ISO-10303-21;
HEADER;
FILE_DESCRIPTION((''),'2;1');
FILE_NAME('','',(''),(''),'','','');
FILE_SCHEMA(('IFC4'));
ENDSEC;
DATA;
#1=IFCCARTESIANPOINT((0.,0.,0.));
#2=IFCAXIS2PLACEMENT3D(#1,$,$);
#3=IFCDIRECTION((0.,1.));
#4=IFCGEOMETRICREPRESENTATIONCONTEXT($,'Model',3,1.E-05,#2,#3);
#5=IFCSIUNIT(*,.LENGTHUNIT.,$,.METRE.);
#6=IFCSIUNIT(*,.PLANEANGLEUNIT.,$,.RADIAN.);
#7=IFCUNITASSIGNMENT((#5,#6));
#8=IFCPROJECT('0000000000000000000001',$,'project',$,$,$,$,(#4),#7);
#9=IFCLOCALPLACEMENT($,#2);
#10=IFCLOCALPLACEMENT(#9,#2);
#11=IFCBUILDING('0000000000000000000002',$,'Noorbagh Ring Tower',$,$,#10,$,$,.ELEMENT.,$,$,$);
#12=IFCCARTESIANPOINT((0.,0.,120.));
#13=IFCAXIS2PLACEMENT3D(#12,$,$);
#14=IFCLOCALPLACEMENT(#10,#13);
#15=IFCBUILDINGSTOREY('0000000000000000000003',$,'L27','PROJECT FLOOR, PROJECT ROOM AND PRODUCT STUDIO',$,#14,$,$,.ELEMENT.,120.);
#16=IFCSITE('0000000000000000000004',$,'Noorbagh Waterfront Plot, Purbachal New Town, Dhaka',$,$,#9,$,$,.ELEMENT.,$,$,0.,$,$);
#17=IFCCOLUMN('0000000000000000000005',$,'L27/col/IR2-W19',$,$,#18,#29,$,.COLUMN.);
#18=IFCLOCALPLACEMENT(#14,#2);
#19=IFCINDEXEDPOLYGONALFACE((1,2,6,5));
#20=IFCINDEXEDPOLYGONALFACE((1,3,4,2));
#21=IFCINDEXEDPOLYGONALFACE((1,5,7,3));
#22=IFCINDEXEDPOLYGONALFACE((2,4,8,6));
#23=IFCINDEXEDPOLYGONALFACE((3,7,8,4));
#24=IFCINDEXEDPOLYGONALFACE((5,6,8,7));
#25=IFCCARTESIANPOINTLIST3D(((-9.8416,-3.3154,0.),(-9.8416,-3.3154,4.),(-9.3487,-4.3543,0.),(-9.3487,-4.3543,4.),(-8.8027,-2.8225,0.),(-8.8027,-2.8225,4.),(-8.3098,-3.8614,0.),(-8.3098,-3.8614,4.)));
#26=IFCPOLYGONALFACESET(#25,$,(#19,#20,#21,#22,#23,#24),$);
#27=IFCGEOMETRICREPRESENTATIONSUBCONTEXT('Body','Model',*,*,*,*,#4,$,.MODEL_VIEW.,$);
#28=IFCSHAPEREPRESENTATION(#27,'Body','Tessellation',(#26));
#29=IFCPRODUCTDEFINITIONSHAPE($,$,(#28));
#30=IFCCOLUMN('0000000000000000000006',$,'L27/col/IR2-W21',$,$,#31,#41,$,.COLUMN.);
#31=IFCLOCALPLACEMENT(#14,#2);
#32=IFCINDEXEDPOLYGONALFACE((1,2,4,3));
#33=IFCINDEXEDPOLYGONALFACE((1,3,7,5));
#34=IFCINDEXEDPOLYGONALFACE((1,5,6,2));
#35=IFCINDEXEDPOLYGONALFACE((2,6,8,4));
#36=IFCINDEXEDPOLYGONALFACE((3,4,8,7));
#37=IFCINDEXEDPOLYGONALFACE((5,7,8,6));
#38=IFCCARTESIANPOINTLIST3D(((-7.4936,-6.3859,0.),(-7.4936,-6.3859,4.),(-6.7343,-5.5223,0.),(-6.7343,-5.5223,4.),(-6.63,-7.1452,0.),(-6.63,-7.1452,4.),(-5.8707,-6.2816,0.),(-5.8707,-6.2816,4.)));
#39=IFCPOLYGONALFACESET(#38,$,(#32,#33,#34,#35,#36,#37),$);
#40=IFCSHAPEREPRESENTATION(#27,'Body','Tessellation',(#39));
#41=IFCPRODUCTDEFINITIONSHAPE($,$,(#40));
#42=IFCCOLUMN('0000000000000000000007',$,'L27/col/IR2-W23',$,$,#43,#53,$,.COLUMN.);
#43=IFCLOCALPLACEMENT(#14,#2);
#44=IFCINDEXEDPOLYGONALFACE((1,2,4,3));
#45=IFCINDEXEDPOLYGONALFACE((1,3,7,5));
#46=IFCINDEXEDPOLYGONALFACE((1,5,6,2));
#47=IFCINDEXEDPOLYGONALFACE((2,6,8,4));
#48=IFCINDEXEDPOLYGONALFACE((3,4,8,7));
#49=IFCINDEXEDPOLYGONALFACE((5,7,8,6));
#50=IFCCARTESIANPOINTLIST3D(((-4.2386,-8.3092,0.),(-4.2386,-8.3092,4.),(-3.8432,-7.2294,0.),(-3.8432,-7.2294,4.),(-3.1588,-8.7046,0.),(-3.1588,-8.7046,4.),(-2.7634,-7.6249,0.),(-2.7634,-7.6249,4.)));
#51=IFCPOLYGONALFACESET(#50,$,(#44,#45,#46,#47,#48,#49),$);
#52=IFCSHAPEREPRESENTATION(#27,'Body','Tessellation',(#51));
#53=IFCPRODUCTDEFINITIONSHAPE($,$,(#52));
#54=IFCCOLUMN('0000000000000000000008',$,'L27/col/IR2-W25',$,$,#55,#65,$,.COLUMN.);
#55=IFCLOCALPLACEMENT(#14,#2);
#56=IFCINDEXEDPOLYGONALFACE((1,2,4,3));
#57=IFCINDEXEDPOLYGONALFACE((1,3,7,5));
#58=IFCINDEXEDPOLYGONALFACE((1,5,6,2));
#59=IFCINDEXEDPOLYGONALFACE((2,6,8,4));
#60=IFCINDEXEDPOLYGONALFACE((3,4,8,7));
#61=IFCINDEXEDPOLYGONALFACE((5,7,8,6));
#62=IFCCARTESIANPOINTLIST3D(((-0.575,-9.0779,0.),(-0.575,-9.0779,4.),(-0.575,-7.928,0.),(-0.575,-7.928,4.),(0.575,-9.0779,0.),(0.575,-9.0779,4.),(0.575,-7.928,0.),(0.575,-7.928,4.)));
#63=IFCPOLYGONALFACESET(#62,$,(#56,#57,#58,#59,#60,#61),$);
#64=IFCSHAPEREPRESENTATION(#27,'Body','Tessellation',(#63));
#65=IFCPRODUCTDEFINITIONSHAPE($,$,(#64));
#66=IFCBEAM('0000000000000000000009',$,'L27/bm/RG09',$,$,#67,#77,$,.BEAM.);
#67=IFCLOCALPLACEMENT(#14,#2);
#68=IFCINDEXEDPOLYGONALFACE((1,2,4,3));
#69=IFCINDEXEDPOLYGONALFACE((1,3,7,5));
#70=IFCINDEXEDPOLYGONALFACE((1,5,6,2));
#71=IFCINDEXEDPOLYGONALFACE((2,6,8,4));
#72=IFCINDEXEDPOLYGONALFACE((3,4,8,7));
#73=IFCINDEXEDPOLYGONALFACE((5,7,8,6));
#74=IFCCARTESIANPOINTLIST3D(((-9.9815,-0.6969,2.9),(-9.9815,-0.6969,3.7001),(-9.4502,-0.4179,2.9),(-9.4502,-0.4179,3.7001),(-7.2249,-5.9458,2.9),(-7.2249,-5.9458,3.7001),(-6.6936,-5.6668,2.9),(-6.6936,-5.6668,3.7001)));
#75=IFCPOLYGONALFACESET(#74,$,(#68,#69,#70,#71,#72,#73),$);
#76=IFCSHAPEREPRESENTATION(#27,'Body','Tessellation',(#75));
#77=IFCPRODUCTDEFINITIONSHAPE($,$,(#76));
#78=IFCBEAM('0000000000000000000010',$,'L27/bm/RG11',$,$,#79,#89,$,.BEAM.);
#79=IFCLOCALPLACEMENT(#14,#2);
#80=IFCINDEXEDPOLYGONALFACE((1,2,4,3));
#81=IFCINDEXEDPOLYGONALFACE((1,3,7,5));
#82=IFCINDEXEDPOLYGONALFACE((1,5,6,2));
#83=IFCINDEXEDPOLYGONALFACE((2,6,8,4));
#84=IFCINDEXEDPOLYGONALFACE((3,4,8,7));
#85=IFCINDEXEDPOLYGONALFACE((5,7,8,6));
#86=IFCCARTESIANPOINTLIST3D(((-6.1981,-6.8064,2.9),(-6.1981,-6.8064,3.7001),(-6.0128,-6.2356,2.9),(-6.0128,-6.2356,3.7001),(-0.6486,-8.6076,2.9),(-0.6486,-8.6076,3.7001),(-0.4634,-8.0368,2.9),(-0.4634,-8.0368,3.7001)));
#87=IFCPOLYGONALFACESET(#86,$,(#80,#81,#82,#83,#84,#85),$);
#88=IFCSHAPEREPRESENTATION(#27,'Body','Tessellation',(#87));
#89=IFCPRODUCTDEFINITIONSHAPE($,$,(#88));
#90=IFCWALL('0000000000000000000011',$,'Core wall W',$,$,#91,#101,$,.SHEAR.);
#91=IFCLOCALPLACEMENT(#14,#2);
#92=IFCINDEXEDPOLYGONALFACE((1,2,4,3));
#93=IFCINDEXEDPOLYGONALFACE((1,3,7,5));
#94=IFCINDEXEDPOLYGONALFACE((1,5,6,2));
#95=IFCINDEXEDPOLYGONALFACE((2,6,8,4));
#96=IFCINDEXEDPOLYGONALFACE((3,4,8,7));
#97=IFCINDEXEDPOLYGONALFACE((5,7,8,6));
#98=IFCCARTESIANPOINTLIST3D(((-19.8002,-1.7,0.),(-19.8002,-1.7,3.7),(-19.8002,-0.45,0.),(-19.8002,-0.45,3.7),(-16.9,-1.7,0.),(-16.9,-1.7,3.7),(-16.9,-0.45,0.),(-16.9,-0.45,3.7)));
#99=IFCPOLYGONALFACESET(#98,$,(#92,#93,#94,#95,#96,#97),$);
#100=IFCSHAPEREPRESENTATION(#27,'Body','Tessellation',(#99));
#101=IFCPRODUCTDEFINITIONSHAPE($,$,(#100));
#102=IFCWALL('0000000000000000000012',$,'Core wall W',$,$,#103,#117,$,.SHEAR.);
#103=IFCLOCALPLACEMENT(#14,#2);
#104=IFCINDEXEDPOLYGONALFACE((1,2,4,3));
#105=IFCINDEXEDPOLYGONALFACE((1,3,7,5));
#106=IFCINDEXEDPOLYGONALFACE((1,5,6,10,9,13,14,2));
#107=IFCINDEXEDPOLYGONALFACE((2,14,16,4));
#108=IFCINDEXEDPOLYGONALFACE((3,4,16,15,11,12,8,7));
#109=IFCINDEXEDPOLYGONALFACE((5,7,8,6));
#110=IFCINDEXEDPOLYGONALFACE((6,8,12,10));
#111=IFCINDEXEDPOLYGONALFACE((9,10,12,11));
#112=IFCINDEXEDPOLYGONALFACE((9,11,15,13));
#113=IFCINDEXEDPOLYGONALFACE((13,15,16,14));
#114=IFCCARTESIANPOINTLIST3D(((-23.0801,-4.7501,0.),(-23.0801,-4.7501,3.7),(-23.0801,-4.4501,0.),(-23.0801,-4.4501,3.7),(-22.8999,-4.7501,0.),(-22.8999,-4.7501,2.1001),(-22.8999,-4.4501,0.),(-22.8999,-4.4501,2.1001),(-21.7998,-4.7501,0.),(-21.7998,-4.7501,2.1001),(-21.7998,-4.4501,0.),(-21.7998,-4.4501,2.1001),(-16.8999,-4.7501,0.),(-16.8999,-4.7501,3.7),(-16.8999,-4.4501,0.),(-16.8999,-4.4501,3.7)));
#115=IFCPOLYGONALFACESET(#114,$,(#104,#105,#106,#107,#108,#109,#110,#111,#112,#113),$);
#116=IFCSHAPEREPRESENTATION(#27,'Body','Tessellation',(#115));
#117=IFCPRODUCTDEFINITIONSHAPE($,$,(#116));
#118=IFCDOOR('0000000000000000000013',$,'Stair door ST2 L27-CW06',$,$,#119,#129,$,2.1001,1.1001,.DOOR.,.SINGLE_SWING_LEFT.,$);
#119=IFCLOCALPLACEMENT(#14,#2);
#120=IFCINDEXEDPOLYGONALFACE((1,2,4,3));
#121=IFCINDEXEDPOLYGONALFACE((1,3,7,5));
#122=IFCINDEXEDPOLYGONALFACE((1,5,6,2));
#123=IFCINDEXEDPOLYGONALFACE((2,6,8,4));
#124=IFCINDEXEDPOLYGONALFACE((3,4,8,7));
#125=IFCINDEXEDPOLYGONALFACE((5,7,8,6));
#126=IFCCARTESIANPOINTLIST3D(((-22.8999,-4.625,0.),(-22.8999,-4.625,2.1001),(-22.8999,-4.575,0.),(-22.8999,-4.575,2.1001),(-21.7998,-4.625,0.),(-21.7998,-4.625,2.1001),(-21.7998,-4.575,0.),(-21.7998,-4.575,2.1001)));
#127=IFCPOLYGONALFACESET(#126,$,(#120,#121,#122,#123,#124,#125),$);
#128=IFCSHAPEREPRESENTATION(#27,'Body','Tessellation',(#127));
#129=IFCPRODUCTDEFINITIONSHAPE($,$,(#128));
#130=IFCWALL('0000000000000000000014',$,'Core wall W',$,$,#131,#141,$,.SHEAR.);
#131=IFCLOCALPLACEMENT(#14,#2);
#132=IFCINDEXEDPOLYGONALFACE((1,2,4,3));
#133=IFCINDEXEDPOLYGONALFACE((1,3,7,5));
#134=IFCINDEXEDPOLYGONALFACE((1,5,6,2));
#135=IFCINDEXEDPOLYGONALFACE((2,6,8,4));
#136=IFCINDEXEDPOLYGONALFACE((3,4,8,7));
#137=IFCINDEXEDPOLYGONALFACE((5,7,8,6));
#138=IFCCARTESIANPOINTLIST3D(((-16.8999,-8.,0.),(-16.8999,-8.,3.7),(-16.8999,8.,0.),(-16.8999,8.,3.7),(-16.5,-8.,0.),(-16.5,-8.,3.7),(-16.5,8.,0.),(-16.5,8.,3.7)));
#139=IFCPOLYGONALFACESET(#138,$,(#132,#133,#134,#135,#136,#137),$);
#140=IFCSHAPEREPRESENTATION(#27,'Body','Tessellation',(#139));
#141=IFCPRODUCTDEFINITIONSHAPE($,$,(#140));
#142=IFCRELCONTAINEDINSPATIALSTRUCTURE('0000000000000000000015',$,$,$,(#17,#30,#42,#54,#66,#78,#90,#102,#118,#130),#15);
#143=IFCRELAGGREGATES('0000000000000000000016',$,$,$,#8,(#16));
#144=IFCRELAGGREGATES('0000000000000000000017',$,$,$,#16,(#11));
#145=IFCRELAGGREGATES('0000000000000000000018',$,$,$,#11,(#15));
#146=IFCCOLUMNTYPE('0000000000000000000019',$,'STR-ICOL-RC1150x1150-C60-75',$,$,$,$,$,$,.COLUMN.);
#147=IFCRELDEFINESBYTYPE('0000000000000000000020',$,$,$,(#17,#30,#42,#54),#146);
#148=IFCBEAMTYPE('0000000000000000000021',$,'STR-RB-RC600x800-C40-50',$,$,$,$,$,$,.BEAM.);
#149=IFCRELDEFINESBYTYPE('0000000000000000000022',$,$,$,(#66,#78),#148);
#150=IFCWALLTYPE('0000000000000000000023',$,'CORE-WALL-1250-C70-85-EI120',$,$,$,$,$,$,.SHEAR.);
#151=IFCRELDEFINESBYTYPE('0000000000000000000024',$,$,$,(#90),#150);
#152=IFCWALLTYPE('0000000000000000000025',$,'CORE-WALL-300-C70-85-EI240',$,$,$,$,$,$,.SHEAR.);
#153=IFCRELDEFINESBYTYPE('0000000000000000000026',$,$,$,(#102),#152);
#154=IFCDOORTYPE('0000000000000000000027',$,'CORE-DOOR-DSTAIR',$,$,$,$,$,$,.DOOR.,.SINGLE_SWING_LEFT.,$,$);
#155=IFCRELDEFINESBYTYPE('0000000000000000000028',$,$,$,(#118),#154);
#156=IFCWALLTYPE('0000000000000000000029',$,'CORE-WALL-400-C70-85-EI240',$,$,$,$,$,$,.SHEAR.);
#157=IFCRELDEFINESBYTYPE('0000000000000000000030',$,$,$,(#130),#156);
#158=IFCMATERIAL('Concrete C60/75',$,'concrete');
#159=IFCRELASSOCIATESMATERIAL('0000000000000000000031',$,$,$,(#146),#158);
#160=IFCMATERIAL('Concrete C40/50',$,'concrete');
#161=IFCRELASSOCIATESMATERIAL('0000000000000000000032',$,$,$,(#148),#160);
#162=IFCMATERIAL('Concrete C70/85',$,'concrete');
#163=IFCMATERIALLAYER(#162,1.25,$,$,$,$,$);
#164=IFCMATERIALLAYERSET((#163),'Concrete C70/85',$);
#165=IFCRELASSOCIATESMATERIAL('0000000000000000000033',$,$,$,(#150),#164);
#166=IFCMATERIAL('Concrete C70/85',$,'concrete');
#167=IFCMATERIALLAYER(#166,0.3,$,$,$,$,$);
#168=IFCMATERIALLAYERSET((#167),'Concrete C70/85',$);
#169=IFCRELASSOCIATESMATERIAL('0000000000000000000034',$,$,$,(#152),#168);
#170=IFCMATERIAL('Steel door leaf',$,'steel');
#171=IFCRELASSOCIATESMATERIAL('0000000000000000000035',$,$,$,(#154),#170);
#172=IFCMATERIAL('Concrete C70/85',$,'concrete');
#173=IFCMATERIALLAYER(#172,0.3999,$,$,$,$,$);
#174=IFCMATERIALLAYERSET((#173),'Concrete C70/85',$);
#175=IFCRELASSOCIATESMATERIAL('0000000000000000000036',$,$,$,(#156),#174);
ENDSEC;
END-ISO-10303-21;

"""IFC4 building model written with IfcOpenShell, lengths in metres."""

from ifc_helpers import new_model, si_unit, direction, frame, frame_2d, origin, origin_2d, place, context, subcontext, project, spatial, rectangle, extrude, material, layer, layer_set, material_profile, profile_set, type_object, element, fill, save


model = new_model("IFC4")

# Units and contexts
model_context = context("Model", 3, precision=1e-05, world=origin(), true_north=direction((0.0, 1.0)))
body_context = subcontext(model_context, "Body", "Model", "MODEL_VIEW")
ifc_project = project(units=[si_unit("LENGTHUNIT", "METRE"), si_unit("PLANEANGLEUNIT", "RADIAN")], contexts=[model_context])

# Site, building, storey
site_placement = place(None, origin())
site = spatial("IfcSite", under=ifc_project, at=site_placement, Name="Noorbagh Waterfront Plot, Purbachal New Town, Dhaka", CompositionType="ELEMENT", RefElevation=0.0)
building_placement = place(site_placement, origin())
building = spatial("IfcBuilding", under=site, at=building_placement, Name="Noorbagh Ring Tower", CompositionType="ELEMENT")
storey_placement = place(building_placement, frame((0.0, 0.0, 120.0)))
storey = spatial("IfcBuildingStorey", under=building, at=storey_placement, Name="L27", Description="PROJECT FLOOR, PROJECT ROOM AND PRODUCT STUDIO", CompositionType="ELEMENT", Elevation=120.0)

# Columns
ifc_material_1 = material(Name="Concrete C60/75", Category="concrete")
ifc_material_profile_1 = material_profile(ifc_material_1, rectangle(XDim=1.1499, YDim=1.1499, at=origin_2d()), Name="RC1150x1150")
ifc_profile_set_1 = profile_set([ifc_material_profile_1], Name="Concrete C60/75")
column_type = type_object("IfcColumnType", Name="STR-ICOL-RC1150x1150-C60-75", PredefinedType="COLUMN", material=ifc_profile_set_1)
for number, where, z_axis, x_axis, name in (
    (1, (-9.0757, -3.5884, 0.0), (0.0, 0.0, 1.0), (0.428667, -0.903463, 0.0), "L27/col/IR2-W19"),
    (2, (-6.6821, -6.3337, 0.0), (0.0, 0.0, 1.0), (0.751022, -0.660277, 0.0), "L27/col/IR2-W21"),
    (3, (-3.501, -7.967, 0.0), (0.0, 0.0, 1.0), (0.93902, -0.343864, 0.0), "L27/col/IR2-W23"),
    (4, (0.0, -8.5029, 0.0), (0.0, 0.0, 1.0), (1.0, 0.0, 0.0), "L27/col/IR2-W25"),
):
    element("IfcColumn", number, at=place(storey_placement, frame(where, z_axis=z_axis, x_axis=x_axis)), inside=storey, type_object=column_type, Name=name, PredefinedType="COLUMN", context=body_context, shape_type="SweptSolid", body=[
        extrude(rectangle(XDim=1.1499, YDim=1.1499, at=origin_2d()), origin(), (0.0, 0.0, 1.0), 4.0),
    ])

# Beams
ifc_material_2 = material(Name="Concrete C40/50", Category="concrete")
ifc_material_profile_2 = material_profile(ifc_material_2, rectangle(XDim=0.6001, YDim=0.8, at=origin_2d()), Name="RC600x800")
ifc_profile_set_2 = profile_set([ifc_material_profile_2], Name="Concrete C40/50")
beam_type = type_object("IfcBeamType", Name="STR-RB-RC600x800-C40-50", PredefinedType="BEAM", material=ifc_profile_set_2)
beam_1_placement = place(storey_placement, frame((-9.7158, -0.5574, 3.3), z_axis=(0.464947, -0.885339, 0.0), x_axis=(0.885339, 0.464947, 0.0)))
element("IfcBeam", 5, at=beam_1_placement, inside=storey, type_object=beam_type, Name="L27/bm/RG09", PredefinedType="BEAM", context=body_context, shape_type="SweptSolid", body=[
    extrude(rectangle(XDim=0.6001, YDim=0.8, at=origin_2d()), origin(), (0.0, 0.0, 1.0), 5.9287),
])
beam_2_placement = place(storey_placement, frame((-6.1055, -6.521, 3.3), z_axis=(0.951152, -0.308724, 0.0), x_axis=(0.308724, 0.951152, 0.0)))
element("IfcBeam", 6, at=beam_2_placement, inside=storey, type_object=beam_type, Name="L27/bm/RG11", PredefinedType="BEAM", context=body_context, shape_type="SweptSolid", body=[
    extrude(rectangle(XDim=0.6001, YDim=0.8, at=origin_2d()), origin(), (0.0, 0.0, 1.0), 5.8345),
])

# Wall
ifc_material_3 = material(Name="Concrete C70/85", Category="concrete")
ifc_layer_1 = layer(ifc_material_3, 1.25)
ifc_layer_set_1 = layer_set([ifc_layer_1], Name="Concrete C70/85")
wall_type_1 = type_object("IfcWallType", Name="CORE-WALL-1250-C70-85-EI120", PredefinedType="SHEAR", material=ifc_layer_set_1)
wall_1_placement = place(storey_placement, frame((-16.8999, -1.075, 0.0), z_axis=(0.0, 0.0, 1.0), x_axis=(-1.0, 0.0, 0.0)))
element("IfcWall", 7, at=wall_1_placement, inside=storey, type_object=wall_type_1, Name="Core wall W", PredefinedType="SHEAR", context=body_context, shape_type="SweptSolid", body=[
    extrude(rectangle(XDim=2.9001, YDim=1.25, at=frame_2d((1.4502, 0.0))), origin(), (0.0, 0.0, 1.0), 3.7),
])

# Wall, opening, door
ifc_material_4 = material(Name="Concrete C70/85", Category="concrete")
ifc_layer_2 = layer(ifc_material_4, 0.3)
ifc_layer_set_2 = layer_set([ifc_layer_2], Name="Concrete C70/85")
wall_type_2 = type_object("IfcWallType", Name="CORE-WALL-300-C70-85-EI240", PredefinedType="SHEAR", material=ifc_layer_set_2)
wall_2_placement = place(storey_placement, frame((-16.8999, -4.6001, 0.0), z_axis=(0.0, 0.0, 1.0), x_axis=(-1.0, 0.0, 0.0)))
wall_2 = element("IfcWall", 8, at=wall_2_placement, inside=storey, type_object=wall_type_2, Name="Core wall W", PredefinedType="SHEAR", context=body_context, shape_type="SweptSolid", body=[
    extrude(rectangle(XDim=6.1802, YDim=0.3, at=frame_2d((3.0901, 0.0))), origin(), (0.0, 0.0, 1.0), 3.7),
])
opening_1_placement = place(wall_2_placement, frame((4.8999, 0.0, 0.0)))
opening_1 = element("IfcOpeningElement", 9, at=opening_1_placement, cuts=wall_2, PredefinedType="OPENING", context=body_context, shape_type="SweptSolid", body=[
    extrude(rectangle(XDim=1.1001, YDim=2.1001, at=frame_2d((0.55, 1.05))), frame((0.0, 0.1602, 0.0), z_axis=(0.0, -1.0, 0.0), x_axis=(1.0, 0.0, 0.0)), (0.0, 0.0, 1.0), 0.3201),
])
ifc_material_5 = material(Name="Steel door leaf", Category="steel")
door_type_1 = type_object("IfcDoorType", Name="CORE-DOOR-DSTAIR", OperationType="SINGLE_SWING_LEFT", PredefinedType="DOOR", material=ifc_material_5)
door_1_placement = place(opening_1_placement, origin())
door_1 = element("IfcDoor", 10, at=door_1_placement, inside=storey, type_object=door_type_1, Name="Stair door ST2 L27-CW06", OperationType="SINGLE_SWING_LEFT", OverallHeight=2.1001, OverallWidth=1.1001, PredefinedType="DOOR", context=body_context, shape_type="SweptSolid", body=[
    extrude(rectangle(XDim=1.1001, YDim=2.1001, at=frame_2d((0.55, 1.05))), frame((0.0, 0.0249, 0.0), z_axis=(0.0, -1.0, 0.0), x_axis=(1.0, 0.0, 0.0)), (0.0, 0.0, 1.0), 0.05),
])
fill(opening_1, door_1)

# Wall
ifc_material_6 = material(Name="Concrete C70/85", Category="concrete")
ifc_layer_3 = layer(ifc_material_6, 0.3999)
ifc_layer_set_3 = layer_set([ifc_layer_3], Name="Concrete C70/85")
wall_type_3 = type_object("IfcWallType", Name="CORE-WALL-400-C70-85-EI240", PredefinedType="SHEAR", material=ifc_layer_set_3)
wall_3_placement = place(storey_placement, frame((-16.7, -8.0, 0.0), z_axis=(0.0, 0.0, 1.0), x_axis=(0.0, 1.0, 0.0)))
element("IfcWall", 11, at=wall_3_placement, inside=storey, type_object=wall_type_3, Name="Core wall W", PredefinedType="SHEAR", context=body_context, shape_type="SweptSolid", body=[
    extrude(rectangle(XDim=16.0, YDim=0.3999, at=frame_2d((8.0, 0.0))), origin(), (0.0, 0.0, 1.0), 3.7),
])

save(model, "model.ifc")
